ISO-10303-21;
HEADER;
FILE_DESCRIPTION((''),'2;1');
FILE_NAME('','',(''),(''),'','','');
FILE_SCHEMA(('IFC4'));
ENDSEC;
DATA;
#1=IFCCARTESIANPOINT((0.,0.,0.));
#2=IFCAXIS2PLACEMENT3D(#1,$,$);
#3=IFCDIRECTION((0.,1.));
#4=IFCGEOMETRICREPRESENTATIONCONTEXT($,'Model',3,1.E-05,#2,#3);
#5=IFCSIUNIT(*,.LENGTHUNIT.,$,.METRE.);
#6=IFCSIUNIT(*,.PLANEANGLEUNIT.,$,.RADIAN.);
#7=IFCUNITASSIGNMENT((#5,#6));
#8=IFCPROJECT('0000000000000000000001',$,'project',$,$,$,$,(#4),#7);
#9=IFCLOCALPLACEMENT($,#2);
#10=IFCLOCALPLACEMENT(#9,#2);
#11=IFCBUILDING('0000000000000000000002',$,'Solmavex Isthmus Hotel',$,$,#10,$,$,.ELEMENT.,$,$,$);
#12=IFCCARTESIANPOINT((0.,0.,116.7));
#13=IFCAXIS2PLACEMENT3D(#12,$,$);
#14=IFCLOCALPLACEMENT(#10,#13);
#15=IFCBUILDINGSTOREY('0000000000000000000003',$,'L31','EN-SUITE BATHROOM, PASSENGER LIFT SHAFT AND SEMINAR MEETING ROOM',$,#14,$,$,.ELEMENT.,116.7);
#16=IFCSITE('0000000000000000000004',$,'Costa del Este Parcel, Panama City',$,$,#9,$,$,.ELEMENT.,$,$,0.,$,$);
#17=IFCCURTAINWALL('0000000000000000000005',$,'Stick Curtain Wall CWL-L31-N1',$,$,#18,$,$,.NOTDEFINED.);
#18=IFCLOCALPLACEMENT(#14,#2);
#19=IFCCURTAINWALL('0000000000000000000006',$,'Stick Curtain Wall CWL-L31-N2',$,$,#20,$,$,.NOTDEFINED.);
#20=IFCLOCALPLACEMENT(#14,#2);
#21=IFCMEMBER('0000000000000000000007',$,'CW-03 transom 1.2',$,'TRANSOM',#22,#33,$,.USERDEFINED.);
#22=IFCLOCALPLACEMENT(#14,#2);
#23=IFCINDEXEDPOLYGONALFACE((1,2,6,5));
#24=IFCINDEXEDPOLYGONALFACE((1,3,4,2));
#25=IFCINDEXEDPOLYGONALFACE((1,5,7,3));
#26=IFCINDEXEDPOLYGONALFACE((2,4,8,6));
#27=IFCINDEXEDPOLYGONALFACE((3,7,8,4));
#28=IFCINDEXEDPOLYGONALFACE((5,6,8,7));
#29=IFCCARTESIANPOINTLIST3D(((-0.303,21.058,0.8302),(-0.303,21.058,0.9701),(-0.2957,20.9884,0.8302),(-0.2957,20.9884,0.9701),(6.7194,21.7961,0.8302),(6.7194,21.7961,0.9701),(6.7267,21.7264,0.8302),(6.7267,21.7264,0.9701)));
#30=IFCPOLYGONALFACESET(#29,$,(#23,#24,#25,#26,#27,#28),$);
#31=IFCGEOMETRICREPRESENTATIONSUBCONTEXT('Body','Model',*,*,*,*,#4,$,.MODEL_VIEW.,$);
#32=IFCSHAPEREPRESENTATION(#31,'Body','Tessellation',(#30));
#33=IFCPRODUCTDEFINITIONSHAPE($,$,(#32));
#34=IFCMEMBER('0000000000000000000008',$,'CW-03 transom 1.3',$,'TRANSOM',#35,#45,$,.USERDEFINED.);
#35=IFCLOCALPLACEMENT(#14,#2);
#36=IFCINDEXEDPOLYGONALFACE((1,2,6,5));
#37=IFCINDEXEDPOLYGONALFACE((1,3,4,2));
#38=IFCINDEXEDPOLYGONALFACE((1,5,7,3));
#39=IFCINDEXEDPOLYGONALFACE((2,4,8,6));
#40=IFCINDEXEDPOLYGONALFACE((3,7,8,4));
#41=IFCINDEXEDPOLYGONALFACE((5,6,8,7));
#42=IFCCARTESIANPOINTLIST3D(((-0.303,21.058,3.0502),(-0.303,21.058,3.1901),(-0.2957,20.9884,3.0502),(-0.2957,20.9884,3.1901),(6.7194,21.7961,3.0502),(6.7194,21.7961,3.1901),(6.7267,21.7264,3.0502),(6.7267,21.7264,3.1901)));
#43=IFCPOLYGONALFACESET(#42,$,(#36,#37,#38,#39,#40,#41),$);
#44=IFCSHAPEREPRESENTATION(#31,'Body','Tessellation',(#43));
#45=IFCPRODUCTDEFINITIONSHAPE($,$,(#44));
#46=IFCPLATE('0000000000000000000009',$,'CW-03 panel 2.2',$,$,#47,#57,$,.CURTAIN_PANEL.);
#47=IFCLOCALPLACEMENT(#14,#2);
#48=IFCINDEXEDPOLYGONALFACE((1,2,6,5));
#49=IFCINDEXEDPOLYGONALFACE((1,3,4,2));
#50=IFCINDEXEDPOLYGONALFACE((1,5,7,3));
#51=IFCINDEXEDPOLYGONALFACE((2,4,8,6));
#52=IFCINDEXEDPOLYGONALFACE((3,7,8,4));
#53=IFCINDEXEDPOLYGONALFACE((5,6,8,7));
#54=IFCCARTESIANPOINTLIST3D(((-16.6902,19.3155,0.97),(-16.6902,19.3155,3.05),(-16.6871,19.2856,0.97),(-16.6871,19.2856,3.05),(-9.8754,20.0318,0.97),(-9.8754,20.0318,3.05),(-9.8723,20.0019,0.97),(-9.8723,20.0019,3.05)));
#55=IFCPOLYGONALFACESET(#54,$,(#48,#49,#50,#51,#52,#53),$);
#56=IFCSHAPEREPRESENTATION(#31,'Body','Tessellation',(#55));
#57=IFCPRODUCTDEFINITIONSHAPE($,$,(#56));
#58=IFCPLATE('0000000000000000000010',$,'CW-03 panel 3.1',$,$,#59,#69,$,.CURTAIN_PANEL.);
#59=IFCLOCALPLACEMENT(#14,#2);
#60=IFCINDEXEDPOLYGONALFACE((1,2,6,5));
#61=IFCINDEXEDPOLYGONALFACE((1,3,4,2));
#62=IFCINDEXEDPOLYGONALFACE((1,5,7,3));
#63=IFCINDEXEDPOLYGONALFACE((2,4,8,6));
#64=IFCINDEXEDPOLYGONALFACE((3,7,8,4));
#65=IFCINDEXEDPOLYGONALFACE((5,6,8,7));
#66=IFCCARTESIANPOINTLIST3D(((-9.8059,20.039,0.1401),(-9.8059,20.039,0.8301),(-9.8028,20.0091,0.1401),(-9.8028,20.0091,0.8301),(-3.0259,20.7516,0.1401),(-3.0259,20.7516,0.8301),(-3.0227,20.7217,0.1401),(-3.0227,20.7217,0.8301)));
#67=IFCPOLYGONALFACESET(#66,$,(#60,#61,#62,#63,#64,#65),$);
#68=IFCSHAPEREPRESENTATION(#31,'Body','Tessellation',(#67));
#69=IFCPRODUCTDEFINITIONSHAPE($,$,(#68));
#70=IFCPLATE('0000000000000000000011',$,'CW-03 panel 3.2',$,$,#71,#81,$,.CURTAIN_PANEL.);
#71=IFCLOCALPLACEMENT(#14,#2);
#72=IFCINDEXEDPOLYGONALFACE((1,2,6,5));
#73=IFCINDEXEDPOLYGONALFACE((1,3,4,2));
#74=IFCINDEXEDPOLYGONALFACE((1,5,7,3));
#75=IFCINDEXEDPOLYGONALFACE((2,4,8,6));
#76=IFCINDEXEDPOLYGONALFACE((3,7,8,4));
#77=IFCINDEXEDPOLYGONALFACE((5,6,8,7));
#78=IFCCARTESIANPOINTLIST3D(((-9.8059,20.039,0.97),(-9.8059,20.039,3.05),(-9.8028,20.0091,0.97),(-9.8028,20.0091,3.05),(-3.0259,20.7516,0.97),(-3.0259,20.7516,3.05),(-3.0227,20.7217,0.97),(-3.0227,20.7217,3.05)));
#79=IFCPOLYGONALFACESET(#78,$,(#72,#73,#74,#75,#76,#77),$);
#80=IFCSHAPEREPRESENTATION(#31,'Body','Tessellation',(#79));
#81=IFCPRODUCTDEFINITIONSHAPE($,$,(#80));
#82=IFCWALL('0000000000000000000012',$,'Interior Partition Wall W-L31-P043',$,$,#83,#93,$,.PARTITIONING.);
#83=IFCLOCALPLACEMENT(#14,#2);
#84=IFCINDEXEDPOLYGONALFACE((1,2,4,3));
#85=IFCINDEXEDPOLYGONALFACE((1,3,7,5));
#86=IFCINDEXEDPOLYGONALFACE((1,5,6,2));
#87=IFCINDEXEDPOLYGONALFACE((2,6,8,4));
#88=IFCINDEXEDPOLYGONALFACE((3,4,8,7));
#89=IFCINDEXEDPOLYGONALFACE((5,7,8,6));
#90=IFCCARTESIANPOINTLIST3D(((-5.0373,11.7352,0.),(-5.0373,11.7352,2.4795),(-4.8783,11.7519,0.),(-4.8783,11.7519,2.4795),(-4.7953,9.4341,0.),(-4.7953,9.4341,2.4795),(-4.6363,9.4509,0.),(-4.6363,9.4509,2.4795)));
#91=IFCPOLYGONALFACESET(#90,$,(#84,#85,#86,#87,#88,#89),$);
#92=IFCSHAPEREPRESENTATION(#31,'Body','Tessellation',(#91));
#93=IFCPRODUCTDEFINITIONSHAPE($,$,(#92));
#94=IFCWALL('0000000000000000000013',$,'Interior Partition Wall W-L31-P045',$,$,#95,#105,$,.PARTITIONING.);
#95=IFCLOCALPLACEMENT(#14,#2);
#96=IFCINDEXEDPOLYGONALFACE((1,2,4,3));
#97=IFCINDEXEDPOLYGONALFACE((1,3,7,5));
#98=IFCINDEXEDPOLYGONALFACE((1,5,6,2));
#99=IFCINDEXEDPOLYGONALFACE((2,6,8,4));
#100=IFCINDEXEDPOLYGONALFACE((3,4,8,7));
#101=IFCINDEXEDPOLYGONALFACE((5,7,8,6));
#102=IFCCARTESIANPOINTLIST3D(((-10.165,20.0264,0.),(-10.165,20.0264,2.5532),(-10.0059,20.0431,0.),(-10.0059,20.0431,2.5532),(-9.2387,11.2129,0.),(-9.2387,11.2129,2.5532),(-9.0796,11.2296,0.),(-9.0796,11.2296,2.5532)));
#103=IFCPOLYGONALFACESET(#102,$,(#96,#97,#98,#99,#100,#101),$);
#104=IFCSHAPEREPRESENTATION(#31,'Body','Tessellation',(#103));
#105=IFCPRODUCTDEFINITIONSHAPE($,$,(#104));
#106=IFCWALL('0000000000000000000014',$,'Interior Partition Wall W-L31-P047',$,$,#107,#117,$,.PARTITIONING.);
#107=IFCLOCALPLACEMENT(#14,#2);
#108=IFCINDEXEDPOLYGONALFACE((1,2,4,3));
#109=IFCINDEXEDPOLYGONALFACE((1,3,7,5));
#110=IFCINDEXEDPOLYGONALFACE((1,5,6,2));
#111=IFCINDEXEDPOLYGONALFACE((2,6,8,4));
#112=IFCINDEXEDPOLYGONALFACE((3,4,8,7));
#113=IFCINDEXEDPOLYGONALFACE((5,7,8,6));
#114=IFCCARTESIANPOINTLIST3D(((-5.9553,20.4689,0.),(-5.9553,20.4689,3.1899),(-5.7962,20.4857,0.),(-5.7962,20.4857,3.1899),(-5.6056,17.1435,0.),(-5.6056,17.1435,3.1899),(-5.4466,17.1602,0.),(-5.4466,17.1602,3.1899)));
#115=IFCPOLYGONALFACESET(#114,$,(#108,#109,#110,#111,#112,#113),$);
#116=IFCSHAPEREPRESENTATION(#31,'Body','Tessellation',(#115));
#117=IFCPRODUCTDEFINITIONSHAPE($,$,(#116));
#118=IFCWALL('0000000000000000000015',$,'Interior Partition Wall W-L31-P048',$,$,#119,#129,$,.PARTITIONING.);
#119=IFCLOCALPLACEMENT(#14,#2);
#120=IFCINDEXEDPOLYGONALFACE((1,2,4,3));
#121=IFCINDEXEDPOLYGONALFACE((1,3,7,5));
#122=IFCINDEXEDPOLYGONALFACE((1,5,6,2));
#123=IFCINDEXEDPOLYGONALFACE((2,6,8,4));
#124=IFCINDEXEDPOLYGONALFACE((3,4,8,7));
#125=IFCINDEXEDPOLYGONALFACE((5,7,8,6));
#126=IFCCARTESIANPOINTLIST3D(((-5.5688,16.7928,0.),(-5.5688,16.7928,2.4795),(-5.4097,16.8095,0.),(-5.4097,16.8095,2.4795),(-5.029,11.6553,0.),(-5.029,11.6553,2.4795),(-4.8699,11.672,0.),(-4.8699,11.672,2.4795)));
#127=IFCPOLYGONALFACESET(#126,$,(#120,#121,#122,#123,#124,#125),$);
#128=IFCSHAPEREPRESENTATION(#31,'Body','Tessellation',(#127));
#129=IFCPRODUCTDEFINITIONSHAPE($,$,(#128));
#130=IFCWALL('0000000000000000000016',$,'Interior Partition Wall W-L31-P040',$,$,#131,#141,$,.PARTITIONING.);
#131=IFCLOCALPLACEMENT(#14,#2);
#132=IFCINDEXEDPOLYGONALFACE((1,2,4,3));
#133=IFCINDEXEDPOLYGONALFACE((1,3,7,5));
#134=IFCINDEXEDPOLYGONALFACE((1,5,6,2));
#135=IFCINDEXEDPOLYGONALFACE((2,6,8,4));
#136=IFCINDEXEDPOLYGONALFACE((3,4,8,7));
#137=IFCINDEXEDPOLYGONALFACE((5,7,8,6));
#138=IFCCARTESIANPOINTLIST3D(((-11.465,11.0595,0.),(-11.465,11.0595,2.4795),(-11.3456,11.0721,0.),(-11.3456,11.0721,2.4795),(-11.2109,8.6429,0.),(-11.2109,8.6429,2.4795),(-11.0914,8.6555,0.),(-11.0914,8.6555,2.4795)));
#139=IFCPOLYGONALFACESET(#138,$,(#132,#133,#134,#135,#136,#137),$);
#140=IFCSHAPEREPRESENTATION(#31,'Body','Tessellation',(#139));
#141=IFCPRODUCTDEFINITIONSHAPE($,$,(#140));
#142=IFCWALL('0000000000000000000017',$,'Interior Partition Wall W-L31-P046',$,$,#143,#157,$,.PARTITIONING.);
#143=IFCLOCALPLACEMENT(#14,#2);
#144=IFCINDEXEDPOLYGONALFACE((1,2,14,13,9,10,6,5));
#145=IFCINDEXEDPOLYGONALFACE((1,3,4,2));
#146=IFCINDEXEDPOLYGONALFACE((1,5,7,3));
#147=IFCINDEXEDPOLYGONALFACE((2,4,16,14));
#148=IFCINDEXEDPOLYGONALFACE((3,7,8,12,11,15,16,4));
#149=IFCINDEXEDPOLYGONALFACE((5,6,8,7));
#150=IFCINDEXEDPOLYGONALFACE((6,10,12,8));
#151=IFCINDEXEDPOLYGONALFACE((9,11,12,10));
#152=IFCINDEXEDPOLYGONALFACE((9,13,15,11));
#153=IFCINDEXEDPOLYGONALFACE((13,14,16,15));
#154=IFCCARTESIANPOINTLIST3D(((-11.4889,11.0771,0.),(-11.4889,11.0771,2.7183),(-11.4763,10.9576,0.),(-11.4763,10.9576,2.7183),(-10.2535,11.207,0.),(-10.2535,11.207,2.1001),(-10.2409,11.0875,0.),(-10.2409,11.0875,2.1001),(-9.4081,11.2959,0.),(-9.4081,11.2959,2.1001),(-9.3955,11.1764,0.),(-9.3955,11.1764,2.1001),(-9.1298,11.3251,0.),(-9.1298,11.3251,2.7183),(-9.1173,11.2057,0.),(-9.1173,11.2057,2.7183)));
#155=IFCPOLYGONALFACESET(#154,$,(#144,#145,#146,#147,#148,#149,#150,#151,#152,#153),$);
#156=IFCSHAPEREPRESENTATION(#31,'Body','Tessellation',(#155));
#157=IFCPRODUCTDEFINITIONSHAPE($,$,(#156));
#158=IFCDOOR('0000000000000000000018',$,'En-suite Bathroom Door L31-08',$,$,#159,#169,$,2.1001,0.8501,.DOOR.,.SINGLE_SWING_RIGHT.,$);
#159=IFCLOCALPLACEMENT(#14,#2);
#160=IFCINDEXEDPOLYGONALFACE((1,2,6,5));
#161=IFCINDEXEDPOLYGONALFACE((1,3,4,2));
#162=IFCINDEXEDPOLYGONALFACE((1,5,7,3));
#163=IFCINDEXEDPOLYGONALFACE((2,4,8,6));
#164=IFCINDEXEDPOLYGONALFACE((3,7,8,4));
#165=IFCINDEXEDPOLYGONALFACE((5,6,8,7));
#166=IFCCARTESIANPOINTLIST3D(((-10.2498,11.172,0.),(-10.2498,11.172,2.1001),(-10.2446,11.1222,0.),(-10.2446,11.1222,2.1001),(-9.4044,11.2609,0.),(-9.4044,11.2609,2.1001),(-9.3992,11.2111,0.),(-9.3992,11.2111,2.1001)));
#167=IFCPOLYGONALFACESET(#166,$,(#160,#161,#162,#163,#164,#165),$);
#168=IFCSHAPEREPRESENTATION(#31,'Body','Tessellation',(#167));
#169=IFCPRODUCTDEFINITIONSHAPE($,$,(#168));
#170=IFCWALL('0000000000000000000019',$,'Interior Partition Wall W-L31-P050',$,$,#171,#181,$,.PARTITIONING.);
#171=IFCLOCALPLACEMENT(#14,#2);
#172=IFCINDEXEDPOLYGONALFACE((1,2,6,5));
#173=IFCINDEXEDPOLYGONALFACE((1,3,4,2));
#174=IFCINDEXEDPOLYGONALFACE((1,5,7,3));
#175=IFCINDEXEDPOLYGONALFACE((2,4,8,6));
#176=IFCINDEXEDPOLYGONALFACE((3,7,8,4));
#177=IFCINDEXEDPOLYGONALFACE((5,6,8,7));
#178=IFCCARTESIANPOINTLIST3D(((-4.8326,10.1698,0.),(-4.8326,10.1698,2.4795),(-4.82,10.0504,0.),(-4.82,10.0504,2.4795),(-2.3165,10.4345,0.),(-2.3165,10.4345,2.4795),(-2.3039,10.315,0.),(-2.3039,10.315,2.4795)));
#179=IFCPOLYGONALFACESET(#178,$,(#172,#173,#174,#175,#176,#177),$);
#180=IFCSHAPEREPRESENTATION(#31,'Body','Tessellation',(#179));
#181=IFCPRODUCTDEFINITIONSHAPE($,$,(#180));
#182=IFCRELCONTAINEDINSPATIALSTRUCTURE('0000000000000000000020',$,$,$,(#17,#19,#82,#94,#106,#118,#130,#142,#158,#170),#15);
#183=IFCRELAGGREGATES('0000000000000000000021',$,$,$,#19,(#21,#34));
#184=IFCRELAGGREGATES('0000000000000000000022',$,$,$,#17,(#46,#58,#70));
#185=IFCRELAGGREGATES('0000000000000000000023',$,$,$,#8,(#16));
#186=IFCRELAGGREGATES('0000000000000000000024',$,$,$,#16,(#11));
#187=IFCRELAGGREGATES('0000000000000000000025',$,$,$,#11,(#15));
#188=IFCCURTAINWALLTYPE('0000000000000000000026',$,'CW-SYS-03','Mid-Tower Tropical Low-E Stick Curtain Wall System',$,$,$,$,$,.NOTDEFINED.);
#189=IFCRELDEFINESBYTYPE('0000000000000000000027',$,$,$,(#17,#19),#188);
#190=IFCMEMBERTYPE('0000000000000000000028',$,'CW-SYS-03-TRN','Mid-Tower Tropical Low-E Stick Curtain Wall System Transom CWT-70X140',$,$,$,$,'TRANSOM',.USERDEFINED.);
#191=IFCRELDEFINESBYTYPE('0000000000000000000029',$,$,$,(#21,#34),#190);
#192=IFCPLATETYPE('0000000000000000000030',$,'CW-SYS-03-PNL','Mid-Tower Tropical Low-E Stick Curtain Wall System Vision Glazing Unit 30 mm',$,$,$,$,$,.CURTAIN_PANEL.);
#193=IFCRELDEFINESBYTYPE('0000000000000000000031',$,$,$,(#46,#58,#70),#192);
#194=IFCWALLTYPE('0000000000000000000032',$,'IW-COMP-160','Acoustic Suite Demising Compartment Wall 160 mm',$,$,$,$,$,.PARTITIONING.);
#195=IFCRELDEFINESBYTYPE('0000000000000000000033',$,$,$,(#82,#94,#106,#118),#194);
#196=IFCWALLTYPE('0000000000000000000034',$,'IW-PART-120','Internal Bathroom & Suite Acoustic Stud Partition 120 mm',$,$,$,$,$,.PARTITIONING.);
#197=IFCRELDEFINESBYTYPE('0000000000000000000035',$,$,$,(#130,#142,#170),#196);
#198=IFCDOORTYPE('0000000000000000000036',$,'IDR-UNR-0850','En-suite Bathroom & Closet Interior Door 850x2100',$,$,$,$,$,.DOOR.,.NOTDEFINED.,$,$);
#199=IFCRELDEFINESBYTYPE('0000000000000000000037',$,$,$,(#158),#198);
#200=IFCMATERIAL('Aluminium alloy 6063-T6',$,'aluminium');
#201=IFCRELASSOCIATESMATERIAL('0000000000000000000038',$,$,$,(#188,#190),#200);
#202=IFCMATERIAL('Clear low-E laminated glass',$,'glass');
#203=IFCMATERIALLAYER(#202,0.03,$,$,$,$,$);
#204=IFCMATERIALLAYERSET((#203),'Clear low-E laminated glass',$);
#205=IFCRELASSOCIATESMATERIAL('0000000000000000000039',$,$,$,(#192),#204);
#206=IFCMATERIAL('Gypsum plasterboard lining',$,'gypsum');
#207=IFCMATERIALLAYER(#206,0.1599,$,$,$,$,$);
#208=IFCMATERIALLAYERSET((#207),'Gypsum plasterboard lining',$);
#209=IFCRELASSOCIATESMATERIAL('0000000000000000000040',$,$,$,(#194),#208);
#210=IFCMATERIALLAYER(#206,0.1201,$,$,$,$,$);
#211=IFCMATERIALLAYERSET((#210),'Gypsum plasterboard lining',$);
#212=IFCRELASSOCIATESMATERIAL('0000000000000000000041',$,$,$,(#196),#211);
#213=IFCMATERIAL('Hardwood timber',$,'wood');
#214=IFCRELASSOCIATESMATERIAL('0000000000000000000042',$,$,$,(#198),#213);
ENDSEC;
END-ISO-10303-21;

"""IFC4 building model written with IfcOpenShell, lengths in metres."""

from ifc_helpers import new_model, si_unit, direction, frame, frame_2d, origin, origin_2d, place, context, subcontext, project, spatial, rectangle, extrude, material, layer, layer_set, material_profile, profile_set, type_object, element, fill, aggregate, save


model = new_model("IFC4")

# Units and contexts
model_context = context("Model", 3, precision=1e-05, world=origin(), true_north=direction((0.0, 1.0)))
body_context = subcontext(model_context, "Body", "Model", "MODEL_VIEW")
ifc_project = project(units=[si_unit("LENGTHUNIT", "METRE"), si_unit("PLANEANGLEUNIT", "RADIAN")], contexts=[model_context])

# Site, building, storey
site_placement = place(None, origin())
site = spatial("IfcSite", under=ifc_project, at=site_placement, Name="Costa del Este Parcel, Panama City", CompositionType="ELEMENT", RefElevation=0.0)
building_placement = place(site_placement, origin())
building = spatial("IfcBuilding", under=site, at=building_placement, Name="Solmavex Isthmus Hotel", CompositionType="ELEMENT")
storey_placement = place(building_placement, frame((0.0, 0.0, 116.7)))
storey = spatial("IfcBuildingStorey", under=building, at=storey_placement, Name="L31", Description="EN-SUITE BATHROOM, PASSENGER LIFT SHAFT AND SEMINAR MEETING ROOM", CompositionType="ELEMENT", Elevation=116.7)

# Curtain wall
ifc_material_1 = material(Name="Aluminium alloy 6063-T6", Category="aluminium")
curtain_wall_type = type_object("IfcCurtainWallType", Name="CW-SYS-03", Description="Mid-Tower Tropical Low-E Stick Curtain Wall System", PredefinedType="NOTDEFINED", material=ifc_material_1)
curtain_wall_1_placement = place(storey_placement, origin())
curtain_wall_1 = element("IfcCurtainWall", 1, at=curtain_wall_1_placement, inside=storey, type_object=curtain_wall_type, Name="Stick Curtain Wall CWL-L31-N1", PredefinedType="NOTDEFINED")

# Curtain wall
curtain_wall_2_placement = place(storey_placement, origin())
curtain_wall_2 = element("IfcCurtainWall", 2, at=curtain_wall_2_placement, inside=storey, type_object=curtain_wall_type, Name="Stick Curtain Wall CWL-L31-N2", PredefinedType="NOTDEFINED")

# Members
ifc_material_profile_1 = material_profile(ifc_material_1, rectangle(XDim=0.0701, YDim=0.1399, at=origin_2d()), Name="CWT-70X140")
ifc_profile_set_1 = profile_set([ifc_material_profile_1], Name="Aluminium alloy 6063-T6")
member_type_1 = type_object("IfcMemberType", Name="CW-SYS-03-TRN", Description="Mid-Tower Tropical Low-E Stick Curtain Wall System Transom CWT-70X140", ElementType="TRANSOM", PredefinedType="USERDEFINED", material=ifc_profile_set_1)
member_1_placement = place(storey_placement, frame((-0.2993, 21.0232, 0.9001), z_axis=(0.994523, 0.104521, 0.0), x_axis=(-0.104521, 0.994523, 0.0)))
member_1 = element("IfcMember", 3, at=member_1_placement, type_object=member_type_1, Name="CW-03 transom 1.2", ObjectType="TRANSOM", PredefinedType="USERDEFINED", context=body_context, shape_type="SweptSolid", body=[
    extrude(rectangle(XDim=0.0701, YDim=0.1399, at=origin_2d()), origin(), (0.0, 0.0, 1.0), 7.061),
])
member_2_placement = place(storey_placement, frame((-0.2993, 21.0232, 3.1201), z_axis=(0.994523, 0.104521, 0.0), x_axis=(-0.104521, 0.994523, 0.0)))
member_2 = element("IfcMember", 4, at=member_2_placement, type_object=member_type_1, Name="CW-03 transom 1.3", ObjectType="TRANSOM", PredefinedType="USERDEFINED", context=body_context, shape_type="SweptSolid", body=[
    extrude(rectangle(XDim=0.0701, YDim=0.1399, at=origin_2d()), origin(), (0.0, 0.0, 1.0), 7.061),
])
aggregate(curtain_wall_2, [member_1, member_2])

# Plates
ifc_material_2 = material(Name="Clear low-E laminated glass", Category="glass")
ifc_layer_1 = layer(ifc_material_2, 0.03)
ifc_layer_set_1 = layer_set([ifc_layer_1], Name="Clear low-E laminated glass")
plate_type = type_object("IfcPlateType", Name="CW-SYS-03-PNL", Description="Mid-Tower Tropical Low-E Stick Curtain Wall System Vision Glazing Unit 30 mm", PredefinedType="CURTAIN_PANEL", material=ifc_layer_set_1)
plate_1_placement = place(storey_placement, frame((-13.2812, 19.6587, 0.97), z_axis=(0.0, 0.0, 1.0), x_axis=(0.994522, 0.104528, 0.0)))
plate_1 = element("IfcPlate", 5, at=plate_1_placement, type_object=plate_type, Name="CW-03 panel 2.2", PredefinedType="CURTAIN_PANEL", context=body_context, shape_type="SweptSolid", body=[
    extrude(rectangle(XDim=6.8523, YDim=0.03, at=origin_2d()), origin(), (0.0, 0.0, 1.0), 2.0801),
])
plate_2_placement = place(storey_placement, frame((-6.4143, 20.3804, 0.1401), z_axis=(0.0, 0.0, 1.0), x_axis=(0.994522, 0.104528, 0.0)))
plate_2 = element("IfcPlate", 6, at=plate_2_placement, type_object=plate_type, Name="CW-03 panel 3.1", PredefinedType="CURTAIN_PANEL", context=body_context, shape_type="SweptSolid", body=[
    extrude(rectangle(XDim=6.8174, YDim=0.03, at=origin_2d()), origin(), (0.0, 0.0, 1.0), 0.6899),
])
plate_3_placement = place(storey_placement, frame((-6.4143, 20.3804, 0.97), z_axis=(0.0, 0.0, 1.0), x_axis=(0.994522, 0.104528, 0.0)))
plate_3 = element("IfcPlate", 7, at=plate_3_placement, type_object=plate_type, Name="CW-03 panel 3.2", PredefinedType="CURTAIN_PANEL", context=body_context, shape_type="SweptSolid", body=[
    extrude(rectangle(XDim=6.8174, YDim=0.03, at=origin_2d()), origin(), (0.0, 0.0, 1.0), 2.0801),
])
aggregate(curtain_wall_1, [plate_1, plate_2, plate_3])

# Shared definitions
ifc_material_3 = material(Name="Gypsum plasterboard lining", Category="gypsum")
ifc_layer_2 = layer(ifc_material_3, 0.1599)
ifc_layer_set_2 = layer_set([ifc_layer_2], Name="Gypsum plasterboard lining")
wall_type_1 = type_object("IfcWallType", Name="IW-COMP-160", Description="Acoustic Suite Demising Compartment Wall 160 mm", PredefinedType="PARTITIONING", material=ifc_layer_set_2)
ifc_material_4 = material(Name="Hardwood timber", Category="wood")

# Walls
wall_1_placement = place(storey_placement, frame((-4.9578, 11.7434, 0.0), z_axis=(0.0, 0.0, 1.0), x_axis=(0.104569, -0.994518, 0.0)))
element("IfcWall", 8, at=wall_1_placement, inside=storey, type_object=wall_type_1, Name="Interior Partition Wall W-L31-P043", PredefinedType="PARTITIONING", context=body_context, shape_type="SweptSolid", body=[
    extrude(rectangle(XDim=2.3137, YDim=0.1599, at=frame_2d((1.1567, 0.0))), origin(), (0.0, 0.0, 1.0), 2.4795),
])
wall_2_placement = place(storey_placement, frame((-10.0854, 20.0349, 0.0), z_axis=(0.0, 0.0, 1.0), x_axis=(0.104521, -0.994523, 0.0)))
element("IfcWall", 9, at=wall_2_placement, inside=storey, type_object=wall_type_1, Name="Interior Partition Wall W-L31-P045", PredefinedType="PARTITIONING", context=body_context, shape_type="SweptSolid", body=[
    extrude(rectangle(XDim=8.8621, YDim=0.1599, at=frame_2d((4.4312, 0.0))), origin(), (0.0, 0.0, 1.0), 2.5532),
])
wall_3_placement = place(storey_placement, frame((-5.8757, 20.4773, 0.0), z_axis=(0.0, 0.0, 1.0), x_axis=(0.104556, -0.994519, 0.0)))
element("IfcWall", 10, at=wall_3_placement, inside=storey, type_object=wall_type_1, Name="Interior Partition Wall W-L31-P047", PredefinedType="PARTITIONING", context=body_context, shape_type="SweptSolid", body=[
    extrude(rectangle(XDim=3.3438, YDim=0.1599, at=frame_2d((1.6719, 0.0))), origin(), (0.0, 0.0, 1.0), 3.1899),
])
wall_4_placement = place(storey_placement, frame((-5.4893, 16.8013, 0.0), z_axis=(0.0, 0.0, 1.0), x_axis=(0.104495, -0.994525, 0.0)))
element("IfcWall", 11, at=wall_4_placement, inside=storey, type_object=wall_type_1, Name="Interior Partition Wall W-L31-P048", PredefinedType="PARTITIONING", context=body_context, shape_type="SweptSolid", body=[
    extrude(rectangle(XDim=5.1658, YDim=0.1599, at=frame_2d((2.583, 0.0))), origin(), (0.0, 0.0, 1.0), 2.4795),
])
ifc_layer_3 = layer(ifc_material_3, 0.1201)
ifc_layer_set_3 = layer_set([ifc_layer_3], Name="Gypsum plasterboard lining")
wall_type_2 = type_object("IfcWallType", Name="IW-PART-120", Description="Internal Bathroom & Suite Acoustic Stud Partition 120 mm", PredefinedType="PARTITIONING", material=ifc_layer_set_3)
wall_5_placement = place(storey_placement, frame((-11.4053, 11.0657, 0.0), z_axis=(0.0, 0.0, 1.0), x_axis=(0.104596, -0.994515, 0.0)))
element("IfcWall", 12, at=wall_5_placement, inside=storey, type_object=wall_type_2, Name="Interior Partition Wall W-L31-P040", PredefinedType="PARTITIONING", context=body_context, shape_type="SweptSolid", body=[
    extrude(rectangle(XDim=2.4299, YDim=0.1201, at=frame_2d((1.2148, 0.0))), origin(), (0.0, 0.0, 1.0), 2.4795),
])

# Wall, opening, door
wall_6_placement = place(storey_placement, frame((-9.1235, 11.2654, 0.0), z_axis=(0.0, 0.0, 1.0), x_axis=(-0.994518, -0.104567, 0.0)))
wall_6 = element("IfcWall", 13, at=wall_6_placement, inside=storey, type_object=wall_type_2, Name="Interior Partition Wall W-L31-P046", PredefinedType="PARTITIONING", context=body_context, shape_type="SweptSolid", body=[
    extrude(rectangle(XDim=2.3721, YDim=0.1201, at=frame_2d((1.186, 0.0))), origin(), (0.0, 0.0, 1.0), 2.7183),
])
opening_1_placement = place(wall_6_placement, frame((0.2798, 0.0, 0.0)))
opening_1 = element("IfcOpeningElement", 14, at=opening_1_placement, cuts=wall_6, PredefinedType="OPENING", context=body_context, shape_type="SweptSolid", body=[
    extrude(rectangle(XDim=0.8501, YDim=2.1001, at=frame_2d((0.425, 1.05))), frame((0.0, 0.0701, 0.0), z_axis=(0.0, -1.0, 0.0), x_axis=(1.0, 0.0, 0.0)), (0.0, 0.0, 1.0), 0.1401),
])
door_type_1 = type_object("IfcDoorType", Name="IDR-UNR-0850", Description="En-suite Bathroom & Closet Interior Door 850x2100", OperationType="NOTDEFINED", PredefinedType="DOOR", material=ifc_material_4)
door_1_placement = place(opening_1_placement, frame((0.8501, 0.0, 0.0), z_axis=(0.0, 0.0, 1.0), x_axis=(-1.0, 0.0, 0.0)))
door_1 = element("IfcDoor", 15, at=door_1_placement, inside=storey, type_object=door_type_1, Name="En-suite Bathroom Door L31-08", OperationType="SINGLE_SWING_RIGHT", OverallHeight=2.1001, OverallWidth=0.8501, PredefinedType="DOOR", context=body_context, shape_type="SweptSolid", body=[
    extrude(rectangle(XDim=0.8501, YDim=2.1001, at=frame_2d((0.425, 1.05))), frame((0.0, 0.0249, 0.0), z_axis=(0.0, -1.0, 0.0), x_axis=(1.0, 0.0, 0.0)), (0.0, 0.0, 1.0), 0.05),
])
fill(opening_1, door_1)

# Wall
wall_7_placement = place(storey_placement, frame((-2.3101, 10.3748, 0.0), z_axis=(0.0, 0.0, 1.0), x_axis=(-0.994514, -0.104604, 0.0)))
element("IfcWall", 16, at=wall_7_placement, inside=storey, type_object=wall_type_2, Name="Interior Partition Wall W-L31-P050", PredefinedType="PARTITIONING", context=body_context, shape_type="SweptSolid", body=[
    extrude(rectangle(XDim=2.53, YDim=0.1201, at=frame_2d((1.2651, 0.0))), origin(), (0.0, 0.0, 1.0), 2.4795),
])

save(model, "model.ifc")
